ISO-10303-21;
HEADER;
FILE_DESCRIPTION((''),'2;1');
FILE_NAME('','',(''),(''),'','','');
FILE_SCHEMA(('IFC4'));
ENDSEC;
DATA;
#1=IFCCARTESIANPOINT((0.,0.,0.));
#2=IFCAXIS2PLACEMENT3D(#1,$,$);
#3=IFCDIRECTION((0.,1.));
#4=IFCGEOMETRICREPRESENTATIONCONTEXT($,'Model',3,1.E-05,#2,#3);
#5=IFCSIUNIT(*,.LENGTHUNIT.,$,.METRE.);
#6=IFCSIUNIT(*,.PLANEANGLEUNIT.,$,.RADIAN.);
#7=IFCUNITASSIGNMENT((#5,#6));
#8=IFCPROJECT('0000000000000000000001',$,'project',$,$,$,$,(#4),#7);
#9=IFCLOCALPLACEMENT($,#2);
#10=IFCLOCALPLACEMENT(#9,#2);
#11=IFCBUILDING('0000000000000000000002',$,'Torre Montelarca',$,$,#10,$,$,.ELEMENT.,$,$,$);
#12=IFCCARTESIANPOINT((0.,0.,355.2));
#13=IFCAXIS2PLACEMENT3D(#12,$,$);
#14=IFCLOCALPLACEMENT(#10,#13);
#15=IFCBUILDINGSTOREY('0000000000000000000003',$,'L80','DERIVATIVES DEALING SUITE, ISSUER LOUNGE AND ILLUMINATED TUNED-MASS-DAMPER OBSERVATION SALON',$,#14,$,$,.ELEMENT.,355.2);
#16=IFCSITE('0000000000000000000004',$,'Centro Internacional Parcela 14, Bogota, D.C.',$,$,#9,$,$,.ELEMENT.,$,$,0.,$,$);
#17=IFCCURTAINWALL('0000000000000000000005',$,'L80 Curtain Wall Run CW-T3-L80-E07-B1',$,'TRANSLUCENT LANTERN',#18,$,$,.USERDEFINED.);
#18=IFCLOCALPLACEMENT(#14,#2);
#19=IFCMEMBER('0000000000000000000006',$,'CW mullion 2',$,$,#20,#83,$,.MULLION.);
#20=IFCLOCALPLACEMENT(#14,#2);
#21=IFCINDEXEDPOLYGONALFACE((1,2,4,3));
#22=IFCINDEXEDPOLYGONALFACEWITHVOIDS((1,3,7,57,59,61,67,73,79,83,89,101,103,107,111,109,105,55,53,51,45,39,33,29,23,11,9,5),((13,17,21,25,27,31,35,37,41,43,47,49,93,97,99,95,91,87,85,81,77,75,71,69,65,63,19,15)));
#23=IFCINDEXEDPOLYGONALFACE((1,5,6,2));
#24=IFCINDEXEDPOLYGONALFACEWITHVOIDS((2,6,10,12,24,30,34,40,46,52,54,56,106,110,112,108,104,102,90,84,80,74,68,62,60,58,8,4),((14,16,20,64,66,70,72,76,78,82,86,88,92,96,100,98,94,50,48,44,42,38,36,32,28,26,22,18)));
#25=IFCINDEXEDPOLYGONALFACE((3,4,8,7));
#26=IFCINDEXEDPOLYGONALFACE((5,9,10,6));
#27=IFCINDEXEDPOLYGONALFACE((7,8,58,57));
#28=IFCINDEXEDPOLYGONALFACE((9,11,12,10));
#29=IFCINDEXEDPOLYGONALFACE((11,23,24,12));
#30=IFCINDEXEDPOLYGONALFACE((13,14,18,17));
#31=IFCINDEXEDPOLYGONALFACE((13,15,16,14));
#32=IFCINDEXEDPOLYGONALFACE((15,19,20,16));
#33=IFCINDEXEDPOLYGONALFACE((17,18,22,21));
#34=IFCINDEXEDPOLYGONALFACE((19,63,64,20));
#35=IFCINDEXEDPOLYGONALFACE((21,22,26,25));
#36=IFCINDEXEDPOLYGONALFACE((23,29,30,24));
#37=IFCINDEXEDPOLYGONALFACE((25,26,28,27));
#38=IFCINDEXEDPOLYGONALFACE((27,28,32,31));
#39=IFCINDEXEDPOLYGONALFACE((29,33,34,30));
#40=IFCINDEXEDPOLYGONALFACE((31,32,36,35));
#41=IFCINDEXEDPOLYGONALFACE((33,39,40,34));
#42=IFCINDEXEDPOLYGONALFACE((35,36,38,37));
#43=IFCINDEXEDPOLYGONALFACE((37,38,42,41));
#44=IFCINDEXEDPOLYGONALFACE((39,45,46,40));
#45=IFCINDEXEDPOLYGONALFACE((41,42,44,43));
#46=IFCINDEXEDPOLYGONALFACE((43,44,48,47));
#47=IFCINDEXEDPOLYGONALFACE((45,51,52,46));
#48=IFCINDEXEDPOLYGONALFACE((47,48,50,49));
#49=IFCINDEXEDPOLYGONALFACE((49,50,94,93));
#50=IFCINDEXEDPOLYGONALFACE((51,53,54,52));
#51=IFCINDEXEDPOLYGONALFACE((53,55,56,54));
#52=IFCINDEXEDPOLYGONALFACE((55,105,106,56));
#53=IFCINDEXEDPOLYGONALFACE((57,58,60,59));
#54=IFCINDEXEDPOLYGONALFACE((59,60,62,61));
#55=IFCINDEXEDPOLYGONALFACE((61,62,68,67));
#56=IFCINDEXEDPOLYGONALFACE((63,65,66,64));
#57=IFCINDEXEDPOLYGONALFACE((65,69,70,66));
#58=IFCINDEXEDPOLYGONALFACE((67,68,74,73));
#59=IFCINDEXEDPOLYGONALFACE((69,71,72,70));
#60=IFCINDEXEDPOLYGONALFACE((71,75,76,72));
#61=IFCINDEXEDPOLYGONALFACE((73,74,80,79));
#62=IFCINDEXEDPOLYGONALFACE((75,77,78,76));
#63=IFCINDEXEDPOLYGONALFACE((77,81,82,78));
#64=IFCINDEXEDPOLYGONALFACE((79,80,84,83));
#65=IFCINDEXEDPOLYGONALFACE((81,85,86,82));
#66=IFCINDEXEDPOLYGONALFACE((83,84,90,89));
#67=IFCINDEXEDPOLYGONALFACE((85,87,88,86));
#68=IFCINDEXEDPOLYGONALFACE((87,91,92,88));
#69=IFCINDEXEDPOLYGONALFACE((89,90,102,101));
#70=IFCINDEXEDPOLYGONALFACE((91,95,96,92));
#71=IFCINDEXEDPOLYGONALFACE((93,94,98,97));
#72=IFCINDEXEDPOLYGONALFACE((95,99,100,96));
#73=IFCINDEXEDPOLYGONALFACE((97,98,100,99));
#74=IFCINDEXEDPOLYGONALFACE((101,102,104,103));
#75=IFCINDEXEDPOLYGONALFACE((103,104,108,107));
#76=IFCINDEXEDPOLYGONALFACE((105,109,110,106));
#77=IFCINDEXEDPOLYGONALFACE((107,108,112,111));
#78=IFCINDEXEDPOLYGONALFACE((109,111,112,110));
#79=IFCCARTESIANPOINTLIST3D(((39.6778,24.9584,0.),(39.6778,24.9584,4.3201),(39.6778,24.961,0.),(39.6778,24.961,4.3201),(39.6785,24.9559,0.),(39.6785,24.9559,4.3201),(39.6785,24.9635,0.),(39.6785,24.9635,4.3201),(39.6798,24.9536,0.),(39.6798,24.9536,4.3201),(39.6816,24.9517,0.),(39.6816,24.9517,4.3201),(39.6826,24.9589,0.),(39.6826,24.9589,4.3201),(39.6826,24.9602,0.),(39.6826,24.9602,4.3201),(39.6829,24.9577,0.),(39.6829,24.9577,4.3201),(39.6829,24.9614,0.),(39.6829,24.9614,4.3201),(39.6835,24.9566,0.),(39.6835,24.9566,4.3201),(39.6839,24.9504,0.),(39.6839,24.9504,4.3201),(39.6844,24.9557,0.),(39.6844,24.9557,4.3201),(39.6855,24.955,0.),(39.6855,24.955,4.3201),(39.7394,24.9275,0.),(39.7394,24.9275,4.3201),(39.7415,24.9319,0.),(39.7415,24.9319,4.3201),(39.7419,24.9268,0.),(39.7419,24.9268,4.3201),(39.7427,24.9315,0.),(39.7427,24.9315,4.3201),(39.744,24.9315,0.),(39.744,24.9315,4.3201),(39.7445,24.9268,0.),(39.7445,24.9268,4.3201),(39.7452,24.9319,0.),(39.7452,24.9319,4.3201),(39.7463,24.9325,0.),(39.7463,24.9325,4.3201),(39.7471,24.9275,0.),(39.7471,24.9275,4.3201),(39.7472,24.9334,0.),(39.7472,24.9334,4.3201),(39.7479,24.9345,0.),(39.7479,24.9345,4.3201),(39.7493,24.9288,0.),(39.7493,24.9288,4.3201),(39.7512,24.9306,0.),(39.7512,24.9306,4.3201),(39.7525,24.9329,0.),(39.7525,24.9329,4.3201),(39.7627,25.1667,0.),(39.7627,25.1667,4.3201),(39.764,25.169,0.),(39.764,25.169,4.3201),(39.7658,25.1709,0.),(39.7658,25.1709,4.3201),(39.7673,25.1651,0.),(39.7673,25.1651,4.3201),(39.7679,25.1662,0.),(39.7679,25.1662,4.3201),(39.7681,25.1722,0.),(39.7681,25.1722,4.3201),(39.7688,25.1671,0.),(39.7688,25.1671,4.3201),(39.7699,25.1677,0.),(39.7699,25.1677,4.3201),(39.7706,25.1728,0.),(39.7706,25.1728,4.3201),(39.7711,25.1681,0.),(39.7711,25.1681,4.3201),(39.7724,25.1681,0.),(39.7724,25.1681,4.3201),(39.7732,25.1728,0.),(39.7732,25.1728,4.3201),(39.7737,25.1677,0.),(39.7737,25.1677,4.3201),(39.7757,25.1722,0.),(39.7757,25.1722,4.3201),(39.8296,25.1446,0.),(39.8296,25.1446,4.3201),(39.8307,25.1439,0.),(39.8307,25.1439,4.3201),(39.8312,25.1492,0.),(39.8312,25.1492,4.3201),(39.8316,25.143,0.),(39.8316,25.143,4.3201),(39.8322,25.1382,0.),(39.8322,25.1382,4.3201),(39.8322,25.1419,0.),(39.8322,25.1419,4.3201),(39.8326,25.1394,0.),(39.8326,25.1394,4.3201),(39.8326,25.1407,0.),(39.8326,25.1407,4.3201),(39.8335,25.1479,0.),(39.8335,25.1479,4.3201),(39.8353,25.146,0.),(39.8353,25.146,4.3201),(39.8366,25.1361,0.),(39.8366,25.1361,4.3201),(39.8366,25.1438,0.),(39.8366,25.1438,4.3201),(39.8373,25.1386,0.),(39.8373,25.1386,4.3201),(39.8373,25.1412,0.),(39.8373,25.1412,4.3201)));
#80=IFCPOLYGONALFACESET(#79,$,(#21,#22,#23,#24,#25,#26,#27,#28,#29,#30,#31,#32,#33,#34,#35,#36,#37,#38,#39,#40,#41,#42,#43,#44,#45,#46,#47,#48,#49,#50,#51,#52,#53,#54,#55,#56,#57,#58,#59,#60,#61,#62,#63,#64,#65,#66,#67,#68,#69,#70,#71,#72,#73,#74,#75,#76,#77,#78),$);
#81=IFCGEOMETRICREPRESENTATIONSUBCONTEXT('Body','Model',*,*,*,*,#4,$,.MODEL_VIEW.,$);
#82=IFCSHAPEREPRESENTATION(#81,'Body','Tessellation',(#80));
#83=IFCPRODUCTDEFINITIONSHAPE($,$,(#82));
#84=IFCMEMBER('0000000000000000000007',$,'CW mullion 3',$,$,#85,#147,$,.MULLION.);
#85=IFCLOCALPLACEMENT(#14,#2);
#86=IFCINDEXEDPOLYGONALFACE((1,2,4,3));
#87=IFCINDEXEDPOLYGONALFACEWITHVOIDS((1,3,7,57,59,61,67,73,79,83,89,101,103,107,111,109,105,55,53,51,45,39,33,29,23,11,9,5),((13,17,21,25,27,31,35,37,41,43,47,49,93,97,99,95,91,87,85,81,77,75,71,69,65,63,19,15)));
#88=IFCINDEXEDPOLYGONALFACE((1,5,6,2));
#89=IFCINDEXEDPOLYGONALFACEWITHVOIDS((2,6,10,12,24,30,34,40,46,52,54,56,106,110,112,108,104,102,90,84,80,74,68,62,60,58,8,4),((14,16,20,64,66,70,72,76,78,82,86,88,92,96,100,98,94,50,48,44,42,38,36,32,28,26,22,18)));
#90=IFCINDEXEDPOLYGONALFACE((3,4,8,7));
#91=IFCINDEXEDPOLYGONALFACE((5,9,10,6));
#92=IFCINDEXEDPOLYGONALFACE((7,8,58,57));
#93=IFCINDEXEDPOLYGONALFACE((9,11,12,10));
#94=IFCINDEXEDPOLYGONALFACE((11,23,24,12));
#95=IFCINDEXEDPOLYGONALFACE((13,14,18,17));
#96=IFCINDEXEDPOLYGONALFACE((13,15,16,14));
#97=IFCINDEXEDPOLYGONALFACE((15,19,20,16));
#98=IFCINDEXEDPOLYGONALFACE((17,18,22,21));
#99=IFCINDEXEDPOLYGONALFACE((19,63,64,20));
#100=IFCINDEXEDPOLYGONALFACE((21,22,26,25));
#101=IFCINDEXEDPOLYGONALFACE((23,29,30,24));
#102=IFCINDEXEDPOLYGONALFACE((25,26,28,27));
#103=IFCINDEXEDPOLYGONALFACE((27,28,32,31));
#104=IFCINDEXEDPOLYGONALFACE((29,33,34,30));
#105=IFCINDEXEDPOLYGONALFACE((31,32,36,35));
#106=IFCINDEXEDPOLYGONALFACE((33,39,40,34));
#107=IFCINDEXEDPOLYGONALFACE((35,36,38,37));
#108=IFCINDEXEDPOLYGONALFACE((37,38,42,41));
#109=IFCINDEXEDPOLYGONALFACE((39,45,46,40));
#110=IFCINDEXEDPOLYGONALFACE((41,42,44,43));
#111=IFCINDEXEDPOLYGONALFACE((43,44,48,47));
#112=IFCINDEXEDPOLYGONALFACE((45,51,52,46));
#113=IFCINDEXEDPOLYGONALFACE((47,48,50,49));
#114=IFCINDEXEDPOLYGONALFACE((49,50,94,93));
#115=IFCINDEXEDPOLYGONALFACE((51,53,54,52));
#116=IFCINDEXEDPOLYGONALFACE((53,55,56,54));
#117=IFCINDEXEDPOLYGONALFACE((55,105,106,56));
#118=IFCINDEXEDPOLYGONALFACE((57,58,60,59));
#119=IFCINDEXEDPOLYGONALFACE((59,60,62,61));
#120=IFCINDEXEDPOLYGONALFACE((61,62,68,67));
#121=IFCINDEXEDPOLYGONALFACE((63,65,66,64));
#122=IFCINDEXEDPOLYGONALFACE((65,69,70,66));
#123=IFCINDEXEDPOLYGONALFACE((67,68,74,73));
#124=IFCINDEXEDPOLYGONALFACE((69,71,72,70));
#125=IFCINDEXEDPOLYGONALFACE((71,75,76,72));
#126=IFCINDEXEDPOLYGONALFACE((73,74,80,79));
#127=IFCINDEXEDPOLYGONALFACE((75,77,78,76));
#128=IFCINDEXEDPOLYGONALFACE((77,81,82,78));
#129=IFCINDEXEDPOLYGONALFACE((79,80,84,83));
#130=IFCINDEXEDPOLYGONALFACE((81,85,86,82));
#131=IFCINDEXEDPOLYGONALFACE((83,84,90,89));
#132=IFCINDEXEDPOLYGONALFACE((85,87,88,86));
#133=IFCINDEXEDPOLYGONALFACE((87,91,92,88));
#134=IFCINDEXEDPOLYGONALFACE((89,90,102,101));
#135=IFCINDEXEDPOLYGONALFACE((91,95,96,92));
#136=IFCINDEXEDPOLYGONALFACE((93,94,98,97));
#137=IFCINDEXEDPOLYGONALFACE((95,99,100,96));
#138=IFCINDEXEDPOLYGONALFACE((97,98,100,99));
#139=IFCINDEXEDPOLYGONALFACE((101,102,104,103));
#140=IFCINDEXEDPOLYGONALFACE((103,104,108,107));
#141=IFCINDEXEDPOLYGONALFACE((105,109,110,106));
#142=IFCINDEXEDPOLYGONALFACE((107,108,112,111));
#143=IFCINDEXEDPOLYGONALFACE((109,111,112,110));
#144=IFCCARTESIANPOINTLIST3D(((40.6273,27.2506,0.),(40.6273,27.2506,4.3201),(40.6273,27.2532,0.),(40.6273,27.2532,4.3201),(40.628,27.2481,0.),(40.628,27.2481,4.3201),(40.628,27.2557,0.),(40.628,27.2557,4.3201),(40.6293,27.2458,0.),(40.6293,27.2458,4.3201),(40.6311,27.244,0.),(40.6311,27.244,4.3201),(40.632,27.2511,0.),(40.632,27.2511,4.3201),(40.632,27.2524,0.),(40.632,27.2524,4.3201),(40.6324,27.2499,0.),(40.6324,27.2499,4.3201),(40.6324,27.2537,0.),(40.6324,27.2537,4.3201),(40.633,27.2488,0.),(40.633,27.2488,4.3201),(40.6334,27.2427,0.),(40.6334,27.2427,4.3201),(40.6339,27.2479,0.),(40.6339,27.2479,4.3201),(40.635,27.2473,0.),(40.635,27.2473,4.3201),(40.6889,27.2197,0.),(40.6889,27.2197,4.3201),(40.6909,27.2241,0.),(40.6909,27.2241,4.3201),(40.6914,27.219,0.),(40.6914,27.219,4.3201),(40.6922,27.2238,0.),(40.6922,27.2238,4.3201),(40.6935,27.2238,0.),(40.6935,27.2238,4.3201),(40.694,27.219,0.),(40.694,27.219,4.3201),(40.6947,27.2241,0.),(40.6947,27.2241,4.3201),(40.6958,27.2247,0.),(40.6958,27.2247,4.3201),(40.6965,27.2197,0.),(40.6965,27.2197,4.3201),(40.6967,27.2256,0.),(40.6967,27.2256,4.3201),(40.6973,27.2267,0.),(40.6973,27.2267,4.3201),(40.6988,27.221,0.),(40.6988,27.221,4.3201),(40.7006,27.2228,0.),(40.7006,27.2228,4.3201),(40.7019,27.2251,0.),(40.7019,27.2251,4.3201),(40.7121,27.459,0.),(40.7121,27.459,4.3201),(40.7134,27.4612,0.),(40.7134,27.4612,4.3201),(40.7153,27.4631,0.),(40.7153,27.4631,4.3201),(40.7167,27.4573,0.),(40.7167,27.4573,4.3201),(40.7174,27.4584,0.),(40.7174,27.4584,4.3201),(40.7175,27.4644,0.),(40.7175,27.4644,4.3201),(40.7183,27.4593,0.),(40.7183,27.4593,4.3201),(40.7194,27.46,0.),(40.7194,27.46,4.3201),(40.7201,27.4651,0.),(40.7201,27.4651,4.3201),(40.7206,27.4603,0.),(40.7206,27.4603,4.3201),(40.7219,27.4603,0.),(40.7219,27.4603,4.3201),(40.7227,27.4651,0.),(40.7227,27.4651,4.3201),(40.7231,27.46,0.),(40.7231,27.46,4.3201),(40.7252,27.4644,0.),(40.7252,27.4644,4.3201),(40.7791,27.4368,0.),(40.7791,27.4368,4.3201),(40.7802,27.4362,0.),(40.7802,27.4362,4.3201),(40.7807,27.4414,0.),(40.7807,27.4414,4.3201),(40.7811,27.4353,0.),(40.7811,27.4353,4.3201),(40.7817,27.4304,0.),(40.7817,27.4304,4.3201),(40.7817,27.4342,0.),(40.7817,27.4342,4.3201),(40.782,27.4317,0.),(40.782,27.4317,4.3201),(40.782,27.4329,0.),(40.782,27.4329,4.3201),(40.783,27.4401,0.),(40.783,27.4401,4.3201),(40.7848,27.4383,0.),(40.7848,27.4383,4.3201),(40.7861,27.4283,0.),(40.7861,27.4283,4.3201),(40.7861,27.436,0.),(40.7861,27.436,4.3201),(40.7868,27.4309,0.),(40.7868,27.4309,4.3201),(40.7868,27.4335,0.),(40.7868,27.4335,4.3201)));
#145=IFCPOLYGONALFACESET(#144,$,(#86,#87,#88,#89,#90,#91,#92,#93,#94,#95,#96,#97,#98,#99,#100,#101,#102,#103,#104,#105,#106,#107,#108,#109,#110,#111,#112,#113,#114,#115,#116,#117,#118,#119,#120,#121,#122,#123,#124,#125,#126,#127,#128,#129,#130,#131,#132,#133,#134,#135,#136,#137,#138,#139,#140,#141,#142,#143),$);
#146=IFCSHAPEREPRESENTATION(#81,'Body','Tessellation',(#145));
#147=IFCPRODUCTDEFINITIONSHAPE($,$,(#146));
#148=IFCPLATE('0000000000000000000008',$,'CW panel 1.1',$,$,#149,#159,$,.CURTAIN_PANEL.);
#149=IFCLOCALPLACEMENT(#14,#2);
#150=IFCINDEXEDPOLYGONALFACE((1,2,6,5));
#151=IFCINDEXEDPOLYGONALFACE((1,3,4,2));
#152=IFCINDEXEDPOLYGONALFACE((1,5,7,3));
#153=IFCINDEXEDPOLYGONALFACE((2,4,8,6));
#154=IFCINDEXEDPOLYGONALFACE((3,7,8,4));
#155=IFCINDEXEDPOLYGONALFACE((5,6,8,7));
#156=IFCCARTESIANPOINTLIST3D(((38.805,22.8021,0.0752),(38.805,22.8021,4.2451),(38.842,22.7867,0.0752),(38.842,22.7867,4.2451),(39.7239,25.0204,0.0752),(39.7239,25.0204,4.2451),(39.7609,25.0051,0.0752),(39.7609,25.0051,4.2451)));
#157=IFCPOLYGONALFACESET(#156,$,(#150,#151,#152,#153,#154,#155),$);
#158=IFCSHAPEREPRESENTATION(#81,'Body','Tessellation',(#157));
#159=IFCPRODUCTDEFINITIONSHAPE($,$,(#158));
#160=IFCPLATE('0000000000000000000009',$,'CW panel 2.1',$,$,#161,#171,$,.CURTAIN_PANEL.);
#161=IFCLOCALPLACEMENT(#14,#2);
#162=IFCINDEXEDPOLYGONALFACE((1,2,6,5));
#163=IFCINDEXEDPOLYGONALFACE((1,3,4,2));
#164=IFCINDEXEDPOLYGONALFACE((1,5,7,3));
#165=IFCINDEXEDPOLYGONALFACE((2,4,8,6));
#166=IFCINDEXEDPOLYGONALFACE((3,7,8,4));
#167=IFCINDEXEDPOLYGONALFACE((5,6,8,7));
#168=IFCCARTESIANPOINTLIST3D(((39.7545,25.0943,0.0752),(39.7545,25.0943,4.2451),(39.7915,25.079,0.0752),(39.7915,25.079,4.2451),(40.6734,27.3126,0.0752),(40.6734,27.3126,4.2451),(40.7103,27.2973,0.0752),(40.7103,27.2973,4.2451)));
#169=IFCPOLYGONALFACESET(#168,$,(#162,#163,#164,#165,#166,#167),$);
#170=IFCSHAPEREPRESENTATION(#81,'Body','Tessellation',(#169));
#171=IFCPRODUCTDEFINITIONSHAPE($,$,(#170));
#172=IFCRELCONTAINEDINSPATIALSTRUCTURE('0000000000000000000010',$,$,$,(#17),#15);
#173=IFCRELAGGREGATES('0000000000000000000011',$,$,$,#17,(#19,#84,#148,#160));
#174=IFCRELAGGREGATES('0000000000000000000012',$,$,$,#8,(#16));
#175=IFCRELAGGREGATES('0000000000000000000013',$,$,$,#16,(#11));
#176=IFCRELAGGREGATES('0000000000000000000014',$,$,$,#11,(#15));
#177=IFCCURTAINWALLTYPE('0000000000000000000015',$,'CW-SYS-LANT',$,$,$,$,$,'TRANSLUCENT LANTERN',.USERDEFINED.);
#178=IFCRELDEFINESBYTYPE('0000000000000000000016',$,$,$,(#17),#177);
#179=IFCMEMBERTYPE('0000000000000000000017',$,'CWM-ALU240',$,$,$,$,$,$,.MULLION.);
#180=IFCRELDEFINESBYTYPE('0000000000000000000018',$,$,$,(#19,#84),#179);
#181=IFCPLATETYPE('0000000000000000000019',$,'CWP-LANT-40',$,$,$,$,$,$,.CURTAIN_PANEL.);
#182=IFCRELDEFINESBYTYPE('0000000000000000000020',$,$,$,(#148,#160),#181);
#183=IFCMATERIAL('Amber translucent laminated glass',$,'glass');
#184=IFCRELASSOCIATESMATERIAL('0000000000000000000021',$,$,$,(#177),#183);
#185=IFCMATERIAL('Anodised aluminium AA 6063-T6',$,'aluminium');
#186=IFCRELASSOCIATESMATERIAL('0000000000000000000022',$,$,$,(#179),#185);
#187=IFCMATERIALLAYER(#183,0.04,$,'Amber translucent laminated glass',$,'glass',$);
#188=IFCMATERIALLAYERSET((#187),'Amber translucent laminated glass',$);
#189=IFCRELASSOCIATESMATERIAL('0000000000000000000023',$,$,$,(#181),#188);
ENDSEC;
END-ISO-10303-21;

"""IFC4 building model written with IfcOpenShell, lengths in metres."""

from ifc_helpers import new_model, si_unit, direction, frame, origin, origin_2d, place, context, subcontext, project, spatial, rectangle, hollow_rectangle, extrude, source, transform, mapped, material, layer, layer_set, material_profile, profile_set, type_object, element, aggregate, save


model = new_model("IFC4")

# Units and contexts
model_context = context("Model", 3, precision=1e-05, world=origin(), true_north=direction((0.0, 1.0)))
body_context = subcontext(model_context, "Body", "Model", "MODEL_VIEW")
ifc_project = project(units=[si_unit("LENGTHUNIT", "METRE"), si_unit("PLANEANGLEUNIT", "RADIAN")], contexts=[model_context])

# Site, building, storey
site_placement = place(None, origin())
site = spatial("IfcSite", under=ifc_project, at=site_placement, Name="Centro Internacional Parcela 14, Bogota, D.C.", CompositionType="ELEMENT", RefElevation=0.0)
building_placement = place(site_placement, origin())
building = spatial("IfcBuilding", under=site, at=building_placement, Name="Torre Montelarca", CompositionType="ELEMENT")
storey_placement = place(building_placement, frame((0.0, 0.0, 355.2)))
storey = spatial("IfcBuildingStorey", under=building, at=storey_placement, Name="L80", Description="DERIVATIVES DEALING SUITE, ISSUER LOUNGE AND ILLUMINATED TUNED-MASS-DAMPER OBSERVATION SALON", CompositionType="ELEMENT", Elevation=355.2)

# Curtain wall, members, plates
ifc_material_1 = material(Name="Amber translucent laminated glass", Category="glass")
curtain_wall_type = type_object("IfcCurtainWallType", Name="CW-SYS-LANT", ElementType="TRANSLUCENT LANTERN", PredefinedType="USERDEFINED", material=ifc_material_1)
curtain_wall_placement = place(storey_placement, origin())
curtain_wall = element("IfcCurtainWall", 1, at=curtain_wall_placement, inside=storey, type_object=curtain_wall_type, Name="L80 Curtain Wall Run CW-T3-L80-E07-B1", ObjectType="TRANSLUCENT LANTERN", PredefinedType="USERDEFINED")
ifc_material_2 = material(Name="Anodised aluminium AA 6063-T6", Category="aluminium")
ifc_material_profile_1 = material_profile(ifc_material_2, hollow_rectangle(XDim=0.0801, YDim=0.24, WallThickness=0.0049, InnerFilletRadius=0.0049, OuterFilletRadius=0.01, at=origin_2d()), Name="ALU80X240X5", Category="aluminium")
ifc_profile_set_1 = profile_set([ifc_material_profile_1], Name="Anodised aluminium AA 6063-T6")
member_type_1 = type_object("IfcMemberType", Name="CWM-ALU240", PredefinedType="MULLION", material=ifc_profile_set_1)
shared_shape_1 = source(origin(), body_context, "Body", "SweptSolid", [
    extrude(hollow_rectangle(XDim=0.0801, YDim=0.24, WallThickness=0.0049, InnerFilletRadius=0.0049, OuterFilletRadius=0.01, at=origin_2d()), origin(), (0.0, 0.0, 1.0), 4.3201),
])
member_1_placement = place(storey_placement, frame((39.7576, 25.0498, 0.0), z_axis=(0.0, 0.0, 1.0), x_axis=(-0.923881, 0.382681, 0.0)))
member_1 = element("IfcMember", 2, at=member_1_placement, type_object=member_type_1, Name="CW mullion 2", PredefinedType="MULLION", context=body_context, shape_type="MappedRepresentation", body=[
    mapped(shared_shape_1, transform((0.0, 0.0, 0.0), scale=1.0)),
])
member_2_placement = place(storey_placement, frame((40.707, 27.342, 0.0), z_axis=(0.0, 0.0, 1.0), x_axis=(-0.923881, 0.382681, 0.0)))
member_2 = element("IfcMember", 3, at=member_2_placement, type_object=member_type_1, Name="CW mullion 3", PredefinedType="MULLION", context=body_context, shape_type="MappedRepresentation", body=[
    mapped(shared_shape_1, transform((0.0, 0.0, 0.0), scale=1.0)),
])
ifc_layer_1 = layer(ifc_material_1, 0.04, Name="Amber translucent laminated glass", Category="glass")
ifc_layer_set_1 = layer_set([ifc_layer_1], Name="Amber translucent laminated glass")
plate_type = type_object("IfcPlateType", Name="CWP-LANT-40", PredefinedType="CURTAIN_PANEL", material=ifc_layer_set_1)
shared_shape_2 = source(origin(), body_context, "Body", "SweptSolid", [
    extrude(rectangle(XDim=2.4011, YDim=0.04, at=origin_2d()), origin(), (0.0, 0.0, 1.0), 4.1699),
])
plate_1_placement = place(storey_placement, frame((39.283, 23.9036, 0.0752), z_axis=(0.0, 0.0, 1.0), x_axis=(0.382681, 0.923881, 0.0)))
plate_1 = element("IfcPlate", 4, at=plate_1_placement, type_object=plate_type, Name="CW panel 1.1", PredefinedType="CURTAIN_PANEL", context=body_context, shape_type="MappedRepresentation", body=[
    mapped(shared_shape_2, transform((0.0, 0.0, 0.0), scale=1.0)),
])
plate_2_placement = place(storey_placement, frame((40.2324, 26.1958, 0.0752), z_axis=(0.0, 0.0, 1.0), x_axis=(0.382681, 0.923881, 0.0)))
plate_2 = element("IfcPlate", 5, at=plate_2_placement, type_object=plate_type, Name="CW panel 2.1", PredefinedType="CURTAIN_PANEL", context=body_context, shape_type="MappedRepresentation", body=[
    mapped(shared_shape_2, transform((0.0, 0.0, 0.0), scale=1.0)),
])
aggregate(curtain_wall, [member_1, member_2, plate_1, plate_2])

save(model, "model.ifc")
